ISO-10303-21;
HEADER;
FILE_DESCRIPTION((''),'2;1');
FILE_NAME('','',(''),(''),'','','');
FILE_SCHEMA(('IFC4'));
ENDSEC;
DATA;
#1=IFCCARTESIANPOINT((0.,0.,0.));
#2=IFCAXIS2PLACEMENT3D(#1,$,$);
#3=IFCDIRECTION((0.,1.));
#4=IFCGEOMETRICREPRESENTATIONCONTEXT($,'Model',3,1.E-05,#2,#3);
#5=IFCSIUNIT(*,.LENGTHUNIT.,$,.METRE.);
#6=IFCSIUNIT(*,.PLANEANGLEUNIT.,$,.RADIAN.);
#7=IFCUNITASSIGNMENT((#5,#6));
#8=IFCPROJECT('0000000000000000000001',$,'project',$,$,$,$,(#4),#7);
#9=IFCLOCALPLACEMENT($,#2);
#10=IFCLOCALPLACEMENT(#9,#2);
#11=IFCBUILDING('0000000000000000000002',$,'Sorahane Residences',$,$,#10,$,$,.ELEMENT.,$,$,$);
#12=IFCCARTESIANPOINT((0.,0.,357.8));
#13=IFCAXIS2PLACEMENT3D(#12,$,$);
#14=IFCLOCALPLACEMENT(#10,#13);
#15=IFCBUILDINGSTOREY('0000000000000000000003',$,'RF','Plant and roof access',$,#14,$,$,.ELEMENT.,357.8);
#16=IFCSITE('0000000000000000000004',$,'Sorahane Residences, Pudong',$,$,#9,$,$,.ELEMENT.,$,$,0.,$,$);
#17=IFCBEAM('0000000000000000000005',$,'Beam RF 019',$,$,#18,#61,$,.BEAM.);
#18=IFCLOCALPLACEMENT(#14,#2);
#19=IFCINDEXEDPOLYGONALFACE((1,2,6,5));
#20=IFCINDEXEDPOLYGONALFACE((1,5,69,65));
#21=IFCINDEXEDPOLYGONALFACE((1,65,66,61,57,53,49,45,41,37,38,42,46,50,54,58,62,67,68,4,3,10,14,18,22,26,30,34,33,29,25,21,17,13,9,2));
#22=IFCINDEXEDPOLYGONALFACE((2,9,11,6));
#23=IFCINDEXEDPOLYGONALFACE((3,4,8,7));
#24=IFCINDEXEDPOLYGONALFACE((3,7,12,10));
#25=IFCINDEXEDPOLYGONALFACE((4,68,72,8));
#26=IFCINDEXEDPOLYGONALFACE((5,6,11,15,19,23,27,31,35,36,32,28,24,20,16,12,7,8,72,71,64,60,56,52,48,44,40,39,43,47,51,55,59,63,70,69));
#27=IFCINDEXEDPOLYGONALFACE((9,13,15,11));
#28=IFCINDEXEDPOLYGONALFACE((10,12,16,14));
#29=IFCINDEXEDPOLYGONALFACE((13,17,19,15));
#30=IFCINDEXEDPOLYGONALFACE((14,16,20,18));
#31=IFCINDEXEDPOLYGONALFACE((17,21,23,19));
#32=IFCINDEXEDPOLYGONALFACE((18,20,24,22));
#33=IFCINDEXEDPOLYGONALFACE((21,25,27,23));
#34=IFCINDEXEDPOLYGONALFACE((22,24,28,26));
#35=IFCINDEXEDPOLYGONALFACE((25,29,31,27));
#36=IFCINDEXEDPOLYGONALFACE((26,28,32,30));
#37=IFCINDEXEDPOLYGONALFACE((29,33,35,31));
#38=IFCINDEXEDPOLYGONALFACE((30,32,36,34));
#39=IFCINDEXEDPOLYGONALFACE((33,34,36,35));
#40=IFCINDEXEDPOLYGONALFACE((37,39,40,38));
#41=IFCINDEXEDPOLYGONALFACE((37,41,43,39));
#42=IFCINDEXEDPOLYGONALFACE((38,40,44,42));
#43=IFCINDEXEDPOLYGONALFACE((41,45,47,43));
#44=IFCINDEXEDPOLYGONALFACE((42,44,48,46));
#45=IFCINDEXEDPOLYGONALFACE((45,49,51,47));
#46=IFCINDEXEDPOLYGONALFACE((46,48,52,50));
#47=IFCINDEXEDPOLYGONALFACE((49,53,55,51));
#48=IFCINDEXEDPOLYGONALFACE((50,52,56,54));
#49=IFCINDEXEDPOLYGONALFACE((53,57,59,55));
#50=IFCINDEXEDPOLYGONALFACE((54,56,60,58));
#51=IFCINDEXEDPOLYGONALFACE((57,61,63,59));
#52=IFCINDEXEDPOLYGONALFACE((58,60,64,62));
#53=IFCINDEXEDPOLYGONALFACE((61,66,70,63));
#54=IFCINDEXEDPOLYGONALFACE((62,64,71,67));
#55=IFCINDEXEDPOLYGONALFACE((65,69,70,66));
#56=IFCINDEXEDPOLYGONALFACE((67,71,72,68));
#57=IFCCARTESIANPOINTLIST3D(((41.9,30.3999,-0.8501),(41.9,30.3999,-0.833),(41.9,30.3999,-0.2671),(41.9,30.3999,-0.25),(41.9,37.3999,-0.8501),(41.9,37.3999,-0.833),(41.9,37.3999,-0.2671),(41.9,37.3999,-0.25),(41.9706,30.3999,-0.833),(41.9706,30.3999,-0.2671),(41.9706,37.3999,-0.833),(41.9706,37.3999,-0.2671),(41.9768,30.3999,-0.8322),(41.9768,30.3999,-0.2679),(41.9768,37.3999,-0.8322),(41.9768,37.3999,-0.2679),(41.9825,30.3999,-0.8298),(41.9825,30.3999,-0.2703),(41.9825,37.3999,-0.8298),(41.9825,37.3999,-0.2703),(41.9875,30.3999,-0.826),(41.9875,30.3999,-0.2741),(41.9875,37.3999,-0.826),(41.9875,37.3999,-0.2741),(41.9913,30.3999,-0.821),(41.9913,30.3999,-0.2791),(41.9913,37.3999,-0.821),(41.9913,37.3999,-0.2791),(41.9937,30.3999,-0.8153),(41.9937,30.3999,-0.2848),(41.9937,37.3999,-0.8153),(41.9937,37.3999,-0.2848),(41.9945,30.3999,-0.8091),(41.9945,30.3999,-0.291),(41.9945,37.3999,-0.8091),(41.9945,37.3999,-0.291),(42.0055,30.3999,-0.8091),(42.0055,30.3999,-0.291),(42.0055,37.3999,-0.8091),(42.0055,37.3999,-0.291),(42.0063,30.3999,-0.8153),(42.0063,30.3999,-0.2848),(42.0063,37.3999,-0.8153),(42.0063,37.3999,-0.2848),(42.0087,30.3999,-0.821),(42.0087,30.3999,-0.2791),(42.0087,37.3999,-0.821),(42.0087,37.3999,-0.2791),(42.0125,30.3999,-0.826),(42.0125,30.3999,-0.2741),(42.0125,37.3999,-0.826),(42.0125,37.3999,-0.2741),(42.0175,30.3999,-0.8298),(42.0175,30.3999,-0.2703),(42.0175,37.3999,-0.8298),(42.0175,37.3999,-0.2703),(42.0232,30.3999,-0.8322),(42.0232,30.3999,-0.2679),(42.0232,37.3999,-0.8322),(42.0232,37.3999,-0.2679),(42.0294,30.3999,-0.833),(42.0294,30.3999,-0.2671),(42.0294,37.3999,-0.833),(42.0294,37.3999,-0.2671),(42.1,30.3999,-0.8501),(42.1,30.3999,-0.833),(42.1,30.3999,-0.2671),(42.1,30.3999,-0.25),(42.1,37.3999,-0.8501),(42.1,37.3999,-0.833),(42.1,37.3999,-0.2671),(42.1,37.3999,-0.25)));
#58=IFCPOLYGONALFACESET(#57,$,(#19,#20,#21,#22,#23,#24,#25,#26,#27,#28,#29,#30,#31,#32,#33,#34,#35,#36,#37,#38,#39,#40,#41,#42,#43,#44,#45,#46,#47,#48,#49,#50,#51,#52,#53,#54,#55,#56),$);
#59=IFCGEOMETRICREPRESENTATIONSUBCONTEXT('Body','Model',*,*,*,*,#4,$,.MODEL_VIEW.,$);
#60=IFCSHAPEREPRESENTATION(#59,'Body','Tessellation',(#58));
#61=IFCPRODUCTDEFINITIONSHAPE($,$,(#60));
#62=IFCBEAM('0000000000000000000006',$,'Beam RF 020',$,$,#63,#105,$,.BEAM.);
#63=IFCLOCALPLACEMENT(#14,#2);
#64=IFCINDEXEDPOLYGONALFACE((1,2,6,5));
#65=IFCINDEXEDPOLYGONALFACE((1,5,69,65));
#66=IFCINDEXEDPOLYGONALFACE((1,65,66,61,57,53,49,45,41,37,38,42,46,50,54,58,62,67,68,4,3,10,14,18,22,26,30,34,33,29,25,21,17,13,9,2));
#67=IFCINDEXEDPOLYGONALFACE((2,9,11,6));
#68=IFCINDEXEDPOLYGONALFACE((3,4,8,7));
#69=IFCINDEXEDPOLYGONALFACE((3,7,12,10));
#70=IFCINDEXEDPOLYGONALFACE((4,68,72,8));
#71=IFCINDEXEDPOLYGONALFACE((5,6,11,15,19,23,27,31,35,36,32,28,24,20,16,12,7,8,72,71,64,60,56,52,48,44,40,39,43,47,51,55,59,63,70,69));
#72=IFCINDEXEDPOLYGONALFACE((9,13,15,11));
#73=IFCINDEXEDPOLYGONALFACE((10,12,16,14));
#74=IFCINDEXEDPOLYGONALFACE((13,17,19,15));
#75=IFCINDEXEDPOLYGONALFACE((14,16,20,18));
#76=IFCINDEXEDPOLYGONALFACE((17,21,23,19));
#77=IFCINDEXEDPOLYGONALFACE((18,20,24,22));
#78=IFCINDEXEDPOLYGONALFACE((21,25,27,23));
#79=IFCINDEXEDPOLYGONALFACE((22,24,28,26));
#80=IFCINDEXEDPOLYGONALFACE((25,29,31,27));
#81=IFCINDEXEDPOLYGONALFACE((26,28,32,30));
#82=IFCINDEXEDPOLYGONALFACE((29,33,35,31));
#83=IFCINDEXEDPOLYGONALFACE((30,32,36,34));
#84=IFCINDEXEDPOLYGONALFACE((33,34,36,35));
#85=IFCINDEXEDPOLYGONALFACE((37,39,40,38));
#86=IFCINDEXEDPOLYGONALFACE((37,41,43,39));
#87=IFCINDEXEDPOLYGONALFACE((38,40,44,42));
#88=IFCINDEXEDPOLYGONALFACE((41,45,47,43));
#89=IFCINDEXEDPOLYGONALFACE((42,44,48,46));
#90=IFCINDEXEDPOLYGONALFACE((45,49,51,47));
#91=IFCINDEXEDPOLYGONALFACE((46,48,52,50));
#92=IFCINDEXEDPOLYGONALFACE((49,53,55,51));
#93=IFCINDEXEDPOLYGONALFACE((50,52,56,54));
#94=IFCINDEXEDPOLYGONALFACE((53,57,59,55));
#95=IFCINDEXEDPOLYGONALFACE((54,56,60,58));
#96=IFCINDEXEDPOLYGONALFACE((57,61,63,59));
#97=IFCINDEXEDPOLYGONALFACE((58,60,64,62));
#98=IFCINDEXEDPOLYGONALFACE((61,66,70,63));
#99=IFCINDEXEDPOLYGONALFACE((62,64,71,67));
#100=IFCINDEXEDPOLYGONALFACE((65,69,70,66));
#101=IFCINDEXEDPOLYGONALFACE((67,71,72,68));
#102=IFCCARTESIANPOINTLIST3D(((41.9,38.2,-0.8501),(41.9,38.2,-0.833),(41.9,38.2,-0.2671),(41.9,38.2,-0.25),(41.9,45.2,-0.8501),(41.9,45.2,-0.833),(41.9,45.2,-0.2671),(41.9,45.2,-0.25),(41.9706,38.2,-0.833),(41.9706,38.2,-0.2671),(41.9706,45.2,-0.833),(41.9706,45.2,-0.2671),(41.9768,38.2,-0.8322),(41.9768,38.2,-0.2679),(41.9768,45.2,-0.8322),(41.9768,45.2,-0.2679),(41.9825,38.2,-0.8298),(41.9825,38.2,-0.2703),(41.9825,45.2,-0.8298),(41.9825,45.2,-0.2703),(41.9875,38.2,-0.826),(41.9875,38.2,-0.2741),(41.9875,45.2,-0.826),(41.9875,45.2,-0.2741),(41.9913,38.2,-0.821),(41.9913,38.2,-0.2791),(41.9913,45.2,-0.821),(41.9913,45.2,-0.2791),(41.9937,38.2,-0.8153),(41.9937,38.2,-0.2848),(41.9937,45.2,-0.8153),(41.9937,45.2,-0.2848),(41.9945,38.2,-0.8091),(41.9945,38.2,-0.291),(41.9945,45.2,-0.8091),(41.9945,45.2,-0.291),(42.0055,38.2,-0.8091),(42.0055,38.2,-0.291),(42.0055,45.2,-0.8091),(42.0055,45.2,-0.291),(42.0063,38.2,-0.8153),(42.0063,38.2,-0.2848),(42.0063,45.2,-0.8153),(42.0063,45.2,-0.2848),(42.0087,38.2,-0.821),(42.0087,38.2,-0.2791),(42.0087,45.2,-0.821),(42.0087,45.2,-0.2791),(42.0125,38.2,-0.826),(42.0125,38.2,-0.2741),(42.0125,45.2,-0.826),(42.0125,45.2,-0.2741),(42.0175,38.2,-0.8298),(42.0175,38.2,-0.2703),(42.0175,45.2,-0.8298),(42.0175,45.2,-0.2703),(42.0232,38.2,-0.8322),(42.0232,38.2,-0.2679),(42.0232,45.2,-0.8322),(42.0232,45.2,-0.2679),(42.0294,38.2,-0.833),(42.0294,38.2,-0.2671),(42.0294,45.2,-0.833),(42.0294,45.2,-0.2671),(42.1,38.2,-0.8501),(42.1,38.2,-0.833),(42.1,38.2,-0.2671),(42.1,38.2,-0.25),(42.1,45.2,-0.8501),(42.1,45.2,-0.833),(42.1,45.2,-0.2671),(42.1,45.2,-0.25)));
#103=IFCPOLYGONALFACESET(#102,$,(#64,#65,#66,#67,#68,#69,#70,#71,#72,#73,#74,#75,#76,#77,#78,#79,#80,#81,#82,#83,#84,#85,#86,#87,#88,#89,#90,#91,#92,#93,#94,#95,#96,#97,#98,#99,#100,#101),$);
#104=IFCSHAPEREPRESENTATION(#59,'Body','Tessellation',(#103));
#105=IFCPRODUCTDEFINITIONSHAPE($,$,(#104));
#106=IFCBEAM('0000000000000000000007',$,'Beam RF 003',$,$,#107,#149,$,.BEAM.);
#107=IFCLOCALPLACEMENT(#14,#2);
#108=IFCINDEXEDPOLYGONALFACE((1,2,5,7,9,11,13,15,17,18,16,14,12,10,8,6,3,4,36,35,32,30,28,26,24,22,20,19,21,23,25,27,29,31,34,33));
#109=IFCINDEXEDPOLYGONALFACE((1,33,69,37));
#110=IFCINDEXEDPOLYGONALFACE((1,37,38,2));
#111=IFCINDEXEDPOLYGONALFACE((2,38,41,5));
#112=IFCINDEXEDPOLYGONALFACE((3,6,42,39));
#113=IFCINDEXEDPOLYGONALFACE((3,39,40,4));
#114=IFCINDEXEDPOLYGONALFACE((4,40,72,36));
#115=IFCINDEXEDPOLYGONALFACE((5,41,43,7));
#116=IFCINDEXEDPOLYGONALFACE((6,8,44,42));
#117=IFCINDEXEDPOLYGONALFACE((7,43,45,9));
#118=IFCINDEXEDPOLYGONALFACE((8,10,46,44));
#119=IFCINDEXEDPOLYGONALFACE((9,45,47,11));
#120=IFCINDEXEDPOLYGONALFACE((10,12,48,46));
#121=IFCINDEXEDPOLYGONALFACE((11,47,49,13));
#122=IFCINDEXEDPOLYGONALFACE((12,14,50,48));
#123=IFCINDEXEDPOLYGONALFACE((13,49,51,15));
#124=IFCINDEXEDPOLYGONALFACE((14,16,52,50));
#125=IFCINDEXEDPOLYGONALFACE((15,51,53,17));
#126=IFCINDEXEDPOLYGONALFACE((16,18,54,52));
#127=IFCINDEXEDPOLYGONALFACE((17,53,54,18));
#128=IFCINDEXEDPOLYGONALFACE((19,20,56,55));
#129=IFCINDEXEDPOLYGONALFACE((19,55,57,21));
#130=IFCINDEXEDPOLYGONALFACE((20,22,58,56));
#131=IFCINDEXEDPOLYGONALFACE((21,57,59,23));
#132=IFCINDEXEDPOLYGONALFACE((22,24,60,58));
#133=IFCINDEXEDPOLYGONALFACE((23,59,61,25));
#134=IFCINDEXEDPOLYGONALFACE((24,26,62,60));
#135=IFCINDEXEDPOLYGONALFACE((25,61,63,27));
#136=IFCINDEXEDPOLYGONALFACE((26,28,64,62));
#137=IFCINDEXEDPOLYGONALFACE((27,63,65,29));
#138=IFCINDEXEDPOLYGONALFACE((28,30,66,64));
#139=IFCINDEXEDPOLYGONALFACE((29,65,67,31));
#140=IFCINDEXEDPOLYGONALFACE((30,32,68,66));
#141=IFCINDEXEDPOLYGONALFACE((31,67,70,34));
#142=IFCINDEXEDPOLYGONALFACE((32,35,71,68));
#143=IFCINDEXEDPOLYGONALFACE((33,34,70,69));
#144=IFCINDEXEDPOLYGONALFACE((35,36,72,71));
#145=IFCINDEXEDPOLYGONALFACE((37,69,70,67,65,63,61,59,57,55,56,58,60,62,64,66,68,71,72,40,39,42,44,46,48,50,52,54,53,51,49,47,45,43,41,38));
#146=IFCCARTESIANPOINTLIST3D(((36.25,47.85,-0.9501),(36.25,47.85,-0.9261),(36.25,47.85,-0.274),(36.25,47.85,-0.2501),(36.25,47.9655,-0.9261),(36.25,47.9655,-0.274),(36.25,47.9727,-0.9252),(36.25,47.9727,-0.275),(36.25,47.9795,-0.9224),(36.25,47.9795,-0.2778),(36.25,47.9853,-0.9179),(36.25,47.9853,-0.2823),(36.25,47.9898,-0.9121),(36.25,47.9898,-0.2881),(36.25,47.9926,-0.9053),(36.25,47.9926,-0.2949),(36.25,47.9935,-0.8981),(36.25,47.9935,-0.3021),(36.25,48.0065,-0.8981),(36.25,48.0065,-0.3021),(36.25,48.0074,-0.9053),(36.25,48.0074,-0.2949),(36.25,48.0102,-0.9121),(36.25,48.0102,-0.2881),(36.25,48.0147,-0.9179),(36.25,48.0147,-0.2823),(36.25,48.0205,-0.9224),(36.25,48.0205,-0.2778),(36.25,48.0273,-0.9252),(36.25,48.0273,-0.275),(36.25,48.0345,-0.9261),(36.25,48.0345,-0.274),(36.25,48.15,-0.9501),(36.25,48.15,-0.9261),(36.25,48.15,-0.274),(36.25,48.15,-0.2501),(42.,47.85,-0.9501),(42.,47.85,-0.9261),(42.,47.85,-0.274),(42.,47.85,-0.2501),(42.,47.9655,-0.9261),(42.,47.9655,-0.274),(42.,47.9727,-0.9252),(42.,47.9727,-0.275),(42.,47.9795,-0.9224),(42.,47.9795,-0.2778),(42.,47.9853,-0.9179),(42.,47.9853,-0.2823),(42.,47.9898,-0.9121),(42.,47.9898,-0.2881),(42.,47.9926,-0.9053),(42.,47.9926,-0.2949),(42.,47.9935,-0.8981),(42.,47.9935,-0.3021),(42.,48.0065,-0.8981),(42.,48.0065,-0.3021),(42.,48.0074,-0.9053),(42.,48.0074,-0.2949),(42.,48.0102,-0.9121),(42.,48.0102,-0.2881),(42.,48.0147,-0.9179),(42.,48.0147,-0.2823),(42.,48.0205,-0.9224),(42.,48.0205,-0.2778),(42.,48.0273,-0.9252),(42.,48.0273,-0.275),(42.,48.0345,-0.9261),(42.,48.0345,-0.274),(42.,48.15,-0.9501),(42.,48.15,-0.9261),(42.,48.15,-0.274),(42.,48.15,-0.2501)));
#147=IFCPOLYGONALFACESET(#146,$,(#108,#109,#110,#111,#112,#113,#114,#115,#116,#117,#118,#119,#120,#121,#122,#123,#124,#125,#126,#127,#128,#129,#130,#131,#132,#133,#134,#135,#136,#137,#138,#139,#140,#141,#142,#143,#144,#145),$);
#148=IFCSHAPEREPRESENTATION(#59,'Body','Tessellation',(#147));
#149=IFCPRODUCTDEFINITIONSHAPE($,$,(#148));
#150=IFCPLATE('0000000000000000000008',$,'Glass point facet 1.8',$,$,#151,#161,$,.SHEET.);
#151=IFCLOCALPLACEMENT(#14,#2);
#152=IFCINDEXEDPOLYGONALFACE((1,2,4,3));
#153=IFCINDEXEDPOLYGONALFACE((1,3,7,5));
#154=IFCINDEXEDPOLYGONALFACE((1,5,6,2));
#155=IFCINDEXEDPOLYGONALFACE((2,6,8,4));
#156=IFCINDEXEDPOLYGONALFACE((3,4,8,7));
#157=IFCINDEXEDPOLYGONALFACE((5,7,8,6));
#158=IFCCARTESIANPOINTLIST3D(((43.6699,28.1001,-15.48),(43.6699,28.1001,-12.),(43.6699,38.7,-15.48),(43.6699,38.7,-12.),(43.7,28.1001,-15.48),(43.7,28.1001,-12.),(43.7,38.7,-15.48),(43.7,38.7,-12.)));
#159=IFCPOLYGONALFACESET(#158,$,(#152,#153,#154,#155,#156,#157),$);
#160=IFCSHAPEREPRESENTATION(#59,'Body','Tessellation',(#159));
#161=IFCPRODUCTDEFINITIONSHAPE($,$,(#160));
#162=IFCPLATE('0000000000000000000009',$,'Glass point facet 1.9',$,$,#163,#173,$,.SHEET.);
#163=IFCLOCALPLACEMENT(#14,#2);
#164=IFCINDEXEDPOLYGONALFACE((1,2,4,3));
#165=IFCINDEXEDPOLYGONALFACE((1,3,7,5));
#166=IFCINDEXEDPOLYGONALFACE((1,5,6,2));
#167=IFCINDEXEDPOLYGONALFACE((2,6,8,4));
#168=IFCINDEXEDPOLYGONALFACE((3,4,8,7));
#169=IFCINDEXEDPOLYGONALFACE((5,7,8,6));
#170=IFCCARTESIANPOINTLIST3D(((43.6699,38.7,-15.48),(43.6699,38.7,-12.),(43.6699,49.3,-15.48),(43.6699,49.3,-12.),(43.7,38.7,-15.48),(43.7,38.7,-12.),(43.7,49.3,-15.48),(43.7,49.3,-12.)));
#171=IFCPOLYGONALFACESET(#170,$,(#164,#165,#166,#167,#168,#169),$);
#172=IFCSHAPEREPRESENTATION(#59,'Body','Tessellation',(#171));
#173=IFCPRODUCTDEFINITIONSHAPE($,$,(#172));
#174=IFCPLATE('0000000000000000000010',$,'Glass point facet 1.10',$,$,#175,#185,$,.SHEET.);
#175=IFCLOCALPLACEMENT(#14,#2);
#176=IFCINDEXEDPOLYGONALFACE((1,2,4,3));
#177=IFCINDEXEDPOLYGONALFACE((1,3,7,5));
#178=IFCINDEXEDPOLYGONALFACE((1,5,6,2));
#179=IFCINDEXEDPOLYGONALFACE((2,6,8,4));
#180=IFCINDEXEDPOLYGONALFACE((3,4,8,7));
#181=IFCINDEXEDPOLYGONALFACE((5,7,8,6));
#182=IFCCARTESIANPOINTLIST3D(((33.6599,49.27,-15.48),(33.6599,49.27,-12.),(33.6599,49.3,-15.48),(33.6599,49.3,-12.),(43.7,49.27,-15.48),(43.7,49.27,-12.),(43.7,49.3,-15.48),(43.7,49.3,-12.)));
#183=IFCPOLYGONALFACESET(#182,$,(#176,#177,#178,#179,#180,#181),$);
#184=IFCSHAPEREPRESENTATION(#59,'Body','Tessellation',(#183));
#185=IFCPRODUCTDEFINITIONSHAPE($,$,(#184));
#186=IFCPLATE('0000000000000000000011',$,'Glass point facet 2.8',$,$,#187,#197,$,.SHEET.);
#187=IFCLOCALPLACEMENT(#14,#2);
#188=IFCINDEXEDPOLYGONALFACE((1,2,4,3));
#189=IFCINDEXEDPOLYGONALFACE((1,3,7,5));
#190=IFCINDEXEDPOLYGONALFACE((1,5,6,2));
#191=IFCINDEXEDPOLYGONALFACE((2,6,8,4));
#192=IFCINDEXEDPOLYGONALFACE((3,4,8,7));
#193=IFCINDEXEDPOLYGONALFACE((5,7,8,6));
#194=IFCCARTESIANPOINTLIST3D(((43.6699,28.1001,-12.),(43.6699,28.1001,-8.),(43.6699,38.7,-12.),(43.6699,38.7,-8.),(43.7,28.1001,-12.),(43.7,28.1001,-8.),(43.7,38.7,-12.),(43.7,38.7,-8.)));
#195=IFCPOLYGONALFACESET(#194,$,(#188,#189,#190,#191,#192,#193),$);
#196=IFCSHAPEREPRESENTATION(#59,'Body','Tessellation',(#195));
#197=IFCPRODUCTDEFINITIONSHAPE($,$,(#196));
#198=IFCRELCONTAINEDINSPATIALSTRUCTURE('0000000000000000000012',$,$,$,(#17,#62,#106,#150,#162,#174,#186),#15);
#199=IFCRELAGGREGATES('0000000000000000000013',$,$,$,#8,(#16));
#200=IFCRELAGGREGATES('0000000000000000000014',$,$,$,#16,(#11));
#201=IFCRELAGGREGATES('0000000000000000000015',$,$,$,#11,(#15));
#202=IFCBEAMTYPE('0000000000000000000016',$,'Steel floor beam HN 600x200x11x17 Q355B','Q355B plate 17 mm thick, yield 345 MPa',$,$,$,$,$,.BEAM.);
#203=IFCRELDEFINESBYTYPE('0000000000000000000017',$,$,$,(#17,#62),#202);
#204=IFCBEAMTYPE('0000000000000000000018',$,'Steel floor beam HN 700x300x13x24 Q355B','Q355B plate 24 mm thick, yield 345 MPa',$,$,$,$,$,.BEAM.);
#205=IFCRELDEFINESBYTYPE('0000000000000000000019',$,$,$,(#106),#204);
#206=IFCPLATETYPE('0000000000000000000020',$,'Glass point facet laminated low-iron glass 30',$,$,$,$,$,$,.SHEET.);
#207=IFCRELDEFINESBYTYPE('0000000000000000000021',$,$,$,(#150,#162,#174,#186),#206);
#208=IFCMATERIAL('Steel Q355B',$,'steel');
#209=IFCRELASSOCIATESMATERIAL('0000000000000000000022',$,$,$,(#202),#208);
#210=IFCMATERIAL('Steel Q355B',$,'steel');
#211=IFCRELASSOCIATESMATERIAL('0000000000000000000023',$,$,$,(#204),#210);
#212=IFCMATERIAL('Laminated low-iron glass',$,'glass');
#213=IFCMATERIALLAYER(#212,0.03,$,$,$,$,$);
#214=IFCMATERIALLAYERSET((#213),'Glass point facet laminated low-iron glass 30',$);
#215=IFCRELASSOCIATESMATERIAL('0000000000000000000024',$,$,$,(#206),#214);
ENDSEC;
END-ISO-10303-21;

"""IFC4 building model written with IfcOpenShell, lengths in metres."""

from ifc_helpers import new_model, si_unit, direction, frame, origin, origin_2d, place, context, subcontext, project, spatial, polyline, i_section, outline, extrude, material, layer, layer_set, material_profile, profile_set, type_object, element, save


model = new_model("IFC4")

# Units and contexts
model_context = context("Model", 3, precision=1e-05, world=origin(), true_north=direction((0.0, 1.0)))
body_context = subcontext(model_context, "Body", "Model", "MODEL_VIEW")
ifc_project = project(units=[si_unit("LENGTHUNIT", "METRE"), si_unit("PLANEANGLEUNIT", "RADIAN")], contexts=[model_context])

# Site, building, storey
site_placement = place(None, origin())
site = spatial("IfcSite", under=ifc_project, at=site_placement, Name="Sorahane Residences, Pudong", CompositionType="ELEMENT", RefElevation=0.0)
building_placement = place(site_placement, origin())
building = spatial("IfcBuilding", under=site, at=building_placement, Name="Sorahane Residences", CompositionType="ELEMENT")
storey_placement = place(building_placement, frame((0.0, 0.0, 357.8)))
storey = spatial("IfcBuildingStorey", under=building, at=storey_placement, Name="RF", Description="Plant and roof access", CompositionType="ELEMENT", Elevation=357.8)

# Beams
ifc_material_1 = material(Name="Steel Q355B", Category="steel")
ifc_material_profile_1 = material_profile(ifc_material_1, i_section(OverallWidth=0.2, OverallDepth=0.6001, WebThickness=0.011, FlangeThickness=0.0171, FilletRadius=0.0239, at=origin_2d()), Name="HN 600x200x11x17")
ifc_profile_set_1 = profile_set([ifc_material_profile_1], Name="Steel Q355B")
beam_type_1 = type_object("IfcBeamType", Name="Steel floor beam HN 600x200x11x17 Q355B", Description="Q355B plate 17 mm thick, yield 345 MPa", PredefinedType="BEAM", material=ifc_profile_set_1)
for number, where, z_axis, x_axis, name in (
    (1, (42.0, 30.3999, -0.55), (0.0, 1.0, 0.0), (-1.0, 0.0, 0.0), "Beam RF 019"),
    (2, (42.0, 38.2, -0.55), (0.0, 1.0, 0.0), (-1.0, 0.0, 0.0), "Beam RF 020"),
):
    element("IfcBeam", number, at=place(storey_placement, frame(where, z_axis=z_axis, x_axis=x_axis)), inside=storey, type_object=beam_type_1, Name=name, PredefinedType="BEAM", context=body_context, shape_type="SweptSolid", body=[
        extrude(i_section(OverallWidth=0.2, OverallDepth=0.6001, WebThickness=0.011, FlangeThickness=0.0171, FilletRadius=0.0239, at=origin_2d()), origin(), (0.0, 0.0, 1.0), 7.0),
    ])
ifc_material_2 = material(Name="Steel Q355B", Category="steel")
ifc_material_profile_2 = material_profile(ifc_material_2, i_section(OverallWidth=0.3, OverallDepth=0.7, WebThickness=0.0129, FlangeThickness=0.0239, FilletRadius=0.0281, at=origin_2d()), Name="HN 700x300x13x24")
ifc_profile_set_2 = profile_set([ifc_material_profile_2], Name="Steel Q355B")
beam_type_2 = type_object("IfcBeamType", Name="Steel floor beam HN 700x300x13x24 Q355B", Description="Q355B plate 24 mm thick, yield 345 MPa", PredefinedType="BEAM", material=ifc_profile_set_2)
beam_placement = place(storey_placement, frame((36.25, 48.0, -0.6001), z_axis=(1.0, 0.0, 0.0), x_axis=(0.0, 1.0, 0.0)))
element("IfcBeam", 3, at=beam_placement, inside=storey, type_object=beam_type_2, Name="Beam RF 003", PredefinedType="BEAM", context=body_context, shape_type="SweptSolid", body=[
    extrude(i_section(OverallWidth=0.3, OverallDepth=0.7, WebThickness=0.0129, FlangeThickness=0.0239, FilletRadius=0.0281, at=origin_2d()), origin(), (0.0, 0.0, 1.0), 5.75),
])

# Plates
ifc_material_3 = material(Name="Laminated low-iron glass", Category="glass")
ifc_layer = layer(ifc_material_3, 0.03)
ifc_layer_set = layer_set([ifc_layer], Name="Glass point facet laminated low-iron glass 30")
plate_type = type_object("IfcPlateType", Name="Glass point facet laminated low-iron glass 30", PredefinedType="SHEET", material=ifc_layer_set)
plate_1_placement = place(storey_placement, frame((43.7, 28.1001, -15.48), z_axis=(1.0, 0.0, 0.0), x_axis=(0.0, 1.0, 0.0)))
element("IfcPlate", 4, at=plate_1_placement, inside=storey, type_object=plate_type, Name="Glass point facet 1.8", PredefinedType="SHEET", context=body_context, shape_type="SweptSolid", body=[
    extrude(outline(polyline([(0.0, 0.0), (10.5999, 0.0), (10.5999, 3.48), (0.0, 3.48), (0.0, 0.0)])), origin(), (0.0, 0.0, -1.0), 0.03),
])
plate_2_placement = place(storey_placement, frame((43.7, 38.7, -15.48), z_axis=(1.0, 0.0, 0.0), x_axis=(0.0, 1.0, 0.0)))
element("IfcPlate", 5, at=plate_2_placement, inside=storey, type_object=plate_type, Name="Glass point facet 1.9", PredefinedType="SHEET", context=body_context, shape_type="SweptSolid", body=[
    extrude(outline(polyline([(0.0, 0.0), (10.6001, 0.0), (10.6001, 3.48), (0.0, 3.48), (0.0, 0.0)])), origin(), (0.0, 0.0, -1.0), 0.03),
])
plate_3_placement = place(storey_placement, frame((43.7, 49.3, -15.48), z_axis=(0.0, 1.0, 0.0), x_axis=(-1.0, 0.0, 0.0)))
element("IfcPlate", 6, at=plate_3_placement, inside=storey, type_object=plate_type, Name="Glass point facet 1.10", PredefinedType="SHEET", context=body_context, shape_type="SweptSolid", body=[
    extrude(outline(polyline([(0.0, 0.0), (10.04, 0.0), (10.04, 3.48), (0.0, 3.48), (0.0, 0.0)])), origin(), (0.0, 0.0, -1.0), 0.03),
])
plate_4_placement = place(storey_placement, frame((43.7, 28.1001, -12.0), z_axis=(1.0, 0.0, 0.0), x_axis=(0.0, 1.0, 0.0)))
element("IfcPlate", 7, at=plate_4_placement, inside=storey, type_object=plate_type, Name="Glass point facet 2.8", PredefinedType="SHEET", context=body_context, shape_type="SweptSolid", body=[
    extrude(outline(polyline([(0.0, 0.0), (10.5999, 0.0), (10.5999, 4.0), (0.0, 4.0), (0.0, 0.0)])), origin(), (0.0, 0.0, -1.0), 0.03),
])

save(model, "model.ifc")
